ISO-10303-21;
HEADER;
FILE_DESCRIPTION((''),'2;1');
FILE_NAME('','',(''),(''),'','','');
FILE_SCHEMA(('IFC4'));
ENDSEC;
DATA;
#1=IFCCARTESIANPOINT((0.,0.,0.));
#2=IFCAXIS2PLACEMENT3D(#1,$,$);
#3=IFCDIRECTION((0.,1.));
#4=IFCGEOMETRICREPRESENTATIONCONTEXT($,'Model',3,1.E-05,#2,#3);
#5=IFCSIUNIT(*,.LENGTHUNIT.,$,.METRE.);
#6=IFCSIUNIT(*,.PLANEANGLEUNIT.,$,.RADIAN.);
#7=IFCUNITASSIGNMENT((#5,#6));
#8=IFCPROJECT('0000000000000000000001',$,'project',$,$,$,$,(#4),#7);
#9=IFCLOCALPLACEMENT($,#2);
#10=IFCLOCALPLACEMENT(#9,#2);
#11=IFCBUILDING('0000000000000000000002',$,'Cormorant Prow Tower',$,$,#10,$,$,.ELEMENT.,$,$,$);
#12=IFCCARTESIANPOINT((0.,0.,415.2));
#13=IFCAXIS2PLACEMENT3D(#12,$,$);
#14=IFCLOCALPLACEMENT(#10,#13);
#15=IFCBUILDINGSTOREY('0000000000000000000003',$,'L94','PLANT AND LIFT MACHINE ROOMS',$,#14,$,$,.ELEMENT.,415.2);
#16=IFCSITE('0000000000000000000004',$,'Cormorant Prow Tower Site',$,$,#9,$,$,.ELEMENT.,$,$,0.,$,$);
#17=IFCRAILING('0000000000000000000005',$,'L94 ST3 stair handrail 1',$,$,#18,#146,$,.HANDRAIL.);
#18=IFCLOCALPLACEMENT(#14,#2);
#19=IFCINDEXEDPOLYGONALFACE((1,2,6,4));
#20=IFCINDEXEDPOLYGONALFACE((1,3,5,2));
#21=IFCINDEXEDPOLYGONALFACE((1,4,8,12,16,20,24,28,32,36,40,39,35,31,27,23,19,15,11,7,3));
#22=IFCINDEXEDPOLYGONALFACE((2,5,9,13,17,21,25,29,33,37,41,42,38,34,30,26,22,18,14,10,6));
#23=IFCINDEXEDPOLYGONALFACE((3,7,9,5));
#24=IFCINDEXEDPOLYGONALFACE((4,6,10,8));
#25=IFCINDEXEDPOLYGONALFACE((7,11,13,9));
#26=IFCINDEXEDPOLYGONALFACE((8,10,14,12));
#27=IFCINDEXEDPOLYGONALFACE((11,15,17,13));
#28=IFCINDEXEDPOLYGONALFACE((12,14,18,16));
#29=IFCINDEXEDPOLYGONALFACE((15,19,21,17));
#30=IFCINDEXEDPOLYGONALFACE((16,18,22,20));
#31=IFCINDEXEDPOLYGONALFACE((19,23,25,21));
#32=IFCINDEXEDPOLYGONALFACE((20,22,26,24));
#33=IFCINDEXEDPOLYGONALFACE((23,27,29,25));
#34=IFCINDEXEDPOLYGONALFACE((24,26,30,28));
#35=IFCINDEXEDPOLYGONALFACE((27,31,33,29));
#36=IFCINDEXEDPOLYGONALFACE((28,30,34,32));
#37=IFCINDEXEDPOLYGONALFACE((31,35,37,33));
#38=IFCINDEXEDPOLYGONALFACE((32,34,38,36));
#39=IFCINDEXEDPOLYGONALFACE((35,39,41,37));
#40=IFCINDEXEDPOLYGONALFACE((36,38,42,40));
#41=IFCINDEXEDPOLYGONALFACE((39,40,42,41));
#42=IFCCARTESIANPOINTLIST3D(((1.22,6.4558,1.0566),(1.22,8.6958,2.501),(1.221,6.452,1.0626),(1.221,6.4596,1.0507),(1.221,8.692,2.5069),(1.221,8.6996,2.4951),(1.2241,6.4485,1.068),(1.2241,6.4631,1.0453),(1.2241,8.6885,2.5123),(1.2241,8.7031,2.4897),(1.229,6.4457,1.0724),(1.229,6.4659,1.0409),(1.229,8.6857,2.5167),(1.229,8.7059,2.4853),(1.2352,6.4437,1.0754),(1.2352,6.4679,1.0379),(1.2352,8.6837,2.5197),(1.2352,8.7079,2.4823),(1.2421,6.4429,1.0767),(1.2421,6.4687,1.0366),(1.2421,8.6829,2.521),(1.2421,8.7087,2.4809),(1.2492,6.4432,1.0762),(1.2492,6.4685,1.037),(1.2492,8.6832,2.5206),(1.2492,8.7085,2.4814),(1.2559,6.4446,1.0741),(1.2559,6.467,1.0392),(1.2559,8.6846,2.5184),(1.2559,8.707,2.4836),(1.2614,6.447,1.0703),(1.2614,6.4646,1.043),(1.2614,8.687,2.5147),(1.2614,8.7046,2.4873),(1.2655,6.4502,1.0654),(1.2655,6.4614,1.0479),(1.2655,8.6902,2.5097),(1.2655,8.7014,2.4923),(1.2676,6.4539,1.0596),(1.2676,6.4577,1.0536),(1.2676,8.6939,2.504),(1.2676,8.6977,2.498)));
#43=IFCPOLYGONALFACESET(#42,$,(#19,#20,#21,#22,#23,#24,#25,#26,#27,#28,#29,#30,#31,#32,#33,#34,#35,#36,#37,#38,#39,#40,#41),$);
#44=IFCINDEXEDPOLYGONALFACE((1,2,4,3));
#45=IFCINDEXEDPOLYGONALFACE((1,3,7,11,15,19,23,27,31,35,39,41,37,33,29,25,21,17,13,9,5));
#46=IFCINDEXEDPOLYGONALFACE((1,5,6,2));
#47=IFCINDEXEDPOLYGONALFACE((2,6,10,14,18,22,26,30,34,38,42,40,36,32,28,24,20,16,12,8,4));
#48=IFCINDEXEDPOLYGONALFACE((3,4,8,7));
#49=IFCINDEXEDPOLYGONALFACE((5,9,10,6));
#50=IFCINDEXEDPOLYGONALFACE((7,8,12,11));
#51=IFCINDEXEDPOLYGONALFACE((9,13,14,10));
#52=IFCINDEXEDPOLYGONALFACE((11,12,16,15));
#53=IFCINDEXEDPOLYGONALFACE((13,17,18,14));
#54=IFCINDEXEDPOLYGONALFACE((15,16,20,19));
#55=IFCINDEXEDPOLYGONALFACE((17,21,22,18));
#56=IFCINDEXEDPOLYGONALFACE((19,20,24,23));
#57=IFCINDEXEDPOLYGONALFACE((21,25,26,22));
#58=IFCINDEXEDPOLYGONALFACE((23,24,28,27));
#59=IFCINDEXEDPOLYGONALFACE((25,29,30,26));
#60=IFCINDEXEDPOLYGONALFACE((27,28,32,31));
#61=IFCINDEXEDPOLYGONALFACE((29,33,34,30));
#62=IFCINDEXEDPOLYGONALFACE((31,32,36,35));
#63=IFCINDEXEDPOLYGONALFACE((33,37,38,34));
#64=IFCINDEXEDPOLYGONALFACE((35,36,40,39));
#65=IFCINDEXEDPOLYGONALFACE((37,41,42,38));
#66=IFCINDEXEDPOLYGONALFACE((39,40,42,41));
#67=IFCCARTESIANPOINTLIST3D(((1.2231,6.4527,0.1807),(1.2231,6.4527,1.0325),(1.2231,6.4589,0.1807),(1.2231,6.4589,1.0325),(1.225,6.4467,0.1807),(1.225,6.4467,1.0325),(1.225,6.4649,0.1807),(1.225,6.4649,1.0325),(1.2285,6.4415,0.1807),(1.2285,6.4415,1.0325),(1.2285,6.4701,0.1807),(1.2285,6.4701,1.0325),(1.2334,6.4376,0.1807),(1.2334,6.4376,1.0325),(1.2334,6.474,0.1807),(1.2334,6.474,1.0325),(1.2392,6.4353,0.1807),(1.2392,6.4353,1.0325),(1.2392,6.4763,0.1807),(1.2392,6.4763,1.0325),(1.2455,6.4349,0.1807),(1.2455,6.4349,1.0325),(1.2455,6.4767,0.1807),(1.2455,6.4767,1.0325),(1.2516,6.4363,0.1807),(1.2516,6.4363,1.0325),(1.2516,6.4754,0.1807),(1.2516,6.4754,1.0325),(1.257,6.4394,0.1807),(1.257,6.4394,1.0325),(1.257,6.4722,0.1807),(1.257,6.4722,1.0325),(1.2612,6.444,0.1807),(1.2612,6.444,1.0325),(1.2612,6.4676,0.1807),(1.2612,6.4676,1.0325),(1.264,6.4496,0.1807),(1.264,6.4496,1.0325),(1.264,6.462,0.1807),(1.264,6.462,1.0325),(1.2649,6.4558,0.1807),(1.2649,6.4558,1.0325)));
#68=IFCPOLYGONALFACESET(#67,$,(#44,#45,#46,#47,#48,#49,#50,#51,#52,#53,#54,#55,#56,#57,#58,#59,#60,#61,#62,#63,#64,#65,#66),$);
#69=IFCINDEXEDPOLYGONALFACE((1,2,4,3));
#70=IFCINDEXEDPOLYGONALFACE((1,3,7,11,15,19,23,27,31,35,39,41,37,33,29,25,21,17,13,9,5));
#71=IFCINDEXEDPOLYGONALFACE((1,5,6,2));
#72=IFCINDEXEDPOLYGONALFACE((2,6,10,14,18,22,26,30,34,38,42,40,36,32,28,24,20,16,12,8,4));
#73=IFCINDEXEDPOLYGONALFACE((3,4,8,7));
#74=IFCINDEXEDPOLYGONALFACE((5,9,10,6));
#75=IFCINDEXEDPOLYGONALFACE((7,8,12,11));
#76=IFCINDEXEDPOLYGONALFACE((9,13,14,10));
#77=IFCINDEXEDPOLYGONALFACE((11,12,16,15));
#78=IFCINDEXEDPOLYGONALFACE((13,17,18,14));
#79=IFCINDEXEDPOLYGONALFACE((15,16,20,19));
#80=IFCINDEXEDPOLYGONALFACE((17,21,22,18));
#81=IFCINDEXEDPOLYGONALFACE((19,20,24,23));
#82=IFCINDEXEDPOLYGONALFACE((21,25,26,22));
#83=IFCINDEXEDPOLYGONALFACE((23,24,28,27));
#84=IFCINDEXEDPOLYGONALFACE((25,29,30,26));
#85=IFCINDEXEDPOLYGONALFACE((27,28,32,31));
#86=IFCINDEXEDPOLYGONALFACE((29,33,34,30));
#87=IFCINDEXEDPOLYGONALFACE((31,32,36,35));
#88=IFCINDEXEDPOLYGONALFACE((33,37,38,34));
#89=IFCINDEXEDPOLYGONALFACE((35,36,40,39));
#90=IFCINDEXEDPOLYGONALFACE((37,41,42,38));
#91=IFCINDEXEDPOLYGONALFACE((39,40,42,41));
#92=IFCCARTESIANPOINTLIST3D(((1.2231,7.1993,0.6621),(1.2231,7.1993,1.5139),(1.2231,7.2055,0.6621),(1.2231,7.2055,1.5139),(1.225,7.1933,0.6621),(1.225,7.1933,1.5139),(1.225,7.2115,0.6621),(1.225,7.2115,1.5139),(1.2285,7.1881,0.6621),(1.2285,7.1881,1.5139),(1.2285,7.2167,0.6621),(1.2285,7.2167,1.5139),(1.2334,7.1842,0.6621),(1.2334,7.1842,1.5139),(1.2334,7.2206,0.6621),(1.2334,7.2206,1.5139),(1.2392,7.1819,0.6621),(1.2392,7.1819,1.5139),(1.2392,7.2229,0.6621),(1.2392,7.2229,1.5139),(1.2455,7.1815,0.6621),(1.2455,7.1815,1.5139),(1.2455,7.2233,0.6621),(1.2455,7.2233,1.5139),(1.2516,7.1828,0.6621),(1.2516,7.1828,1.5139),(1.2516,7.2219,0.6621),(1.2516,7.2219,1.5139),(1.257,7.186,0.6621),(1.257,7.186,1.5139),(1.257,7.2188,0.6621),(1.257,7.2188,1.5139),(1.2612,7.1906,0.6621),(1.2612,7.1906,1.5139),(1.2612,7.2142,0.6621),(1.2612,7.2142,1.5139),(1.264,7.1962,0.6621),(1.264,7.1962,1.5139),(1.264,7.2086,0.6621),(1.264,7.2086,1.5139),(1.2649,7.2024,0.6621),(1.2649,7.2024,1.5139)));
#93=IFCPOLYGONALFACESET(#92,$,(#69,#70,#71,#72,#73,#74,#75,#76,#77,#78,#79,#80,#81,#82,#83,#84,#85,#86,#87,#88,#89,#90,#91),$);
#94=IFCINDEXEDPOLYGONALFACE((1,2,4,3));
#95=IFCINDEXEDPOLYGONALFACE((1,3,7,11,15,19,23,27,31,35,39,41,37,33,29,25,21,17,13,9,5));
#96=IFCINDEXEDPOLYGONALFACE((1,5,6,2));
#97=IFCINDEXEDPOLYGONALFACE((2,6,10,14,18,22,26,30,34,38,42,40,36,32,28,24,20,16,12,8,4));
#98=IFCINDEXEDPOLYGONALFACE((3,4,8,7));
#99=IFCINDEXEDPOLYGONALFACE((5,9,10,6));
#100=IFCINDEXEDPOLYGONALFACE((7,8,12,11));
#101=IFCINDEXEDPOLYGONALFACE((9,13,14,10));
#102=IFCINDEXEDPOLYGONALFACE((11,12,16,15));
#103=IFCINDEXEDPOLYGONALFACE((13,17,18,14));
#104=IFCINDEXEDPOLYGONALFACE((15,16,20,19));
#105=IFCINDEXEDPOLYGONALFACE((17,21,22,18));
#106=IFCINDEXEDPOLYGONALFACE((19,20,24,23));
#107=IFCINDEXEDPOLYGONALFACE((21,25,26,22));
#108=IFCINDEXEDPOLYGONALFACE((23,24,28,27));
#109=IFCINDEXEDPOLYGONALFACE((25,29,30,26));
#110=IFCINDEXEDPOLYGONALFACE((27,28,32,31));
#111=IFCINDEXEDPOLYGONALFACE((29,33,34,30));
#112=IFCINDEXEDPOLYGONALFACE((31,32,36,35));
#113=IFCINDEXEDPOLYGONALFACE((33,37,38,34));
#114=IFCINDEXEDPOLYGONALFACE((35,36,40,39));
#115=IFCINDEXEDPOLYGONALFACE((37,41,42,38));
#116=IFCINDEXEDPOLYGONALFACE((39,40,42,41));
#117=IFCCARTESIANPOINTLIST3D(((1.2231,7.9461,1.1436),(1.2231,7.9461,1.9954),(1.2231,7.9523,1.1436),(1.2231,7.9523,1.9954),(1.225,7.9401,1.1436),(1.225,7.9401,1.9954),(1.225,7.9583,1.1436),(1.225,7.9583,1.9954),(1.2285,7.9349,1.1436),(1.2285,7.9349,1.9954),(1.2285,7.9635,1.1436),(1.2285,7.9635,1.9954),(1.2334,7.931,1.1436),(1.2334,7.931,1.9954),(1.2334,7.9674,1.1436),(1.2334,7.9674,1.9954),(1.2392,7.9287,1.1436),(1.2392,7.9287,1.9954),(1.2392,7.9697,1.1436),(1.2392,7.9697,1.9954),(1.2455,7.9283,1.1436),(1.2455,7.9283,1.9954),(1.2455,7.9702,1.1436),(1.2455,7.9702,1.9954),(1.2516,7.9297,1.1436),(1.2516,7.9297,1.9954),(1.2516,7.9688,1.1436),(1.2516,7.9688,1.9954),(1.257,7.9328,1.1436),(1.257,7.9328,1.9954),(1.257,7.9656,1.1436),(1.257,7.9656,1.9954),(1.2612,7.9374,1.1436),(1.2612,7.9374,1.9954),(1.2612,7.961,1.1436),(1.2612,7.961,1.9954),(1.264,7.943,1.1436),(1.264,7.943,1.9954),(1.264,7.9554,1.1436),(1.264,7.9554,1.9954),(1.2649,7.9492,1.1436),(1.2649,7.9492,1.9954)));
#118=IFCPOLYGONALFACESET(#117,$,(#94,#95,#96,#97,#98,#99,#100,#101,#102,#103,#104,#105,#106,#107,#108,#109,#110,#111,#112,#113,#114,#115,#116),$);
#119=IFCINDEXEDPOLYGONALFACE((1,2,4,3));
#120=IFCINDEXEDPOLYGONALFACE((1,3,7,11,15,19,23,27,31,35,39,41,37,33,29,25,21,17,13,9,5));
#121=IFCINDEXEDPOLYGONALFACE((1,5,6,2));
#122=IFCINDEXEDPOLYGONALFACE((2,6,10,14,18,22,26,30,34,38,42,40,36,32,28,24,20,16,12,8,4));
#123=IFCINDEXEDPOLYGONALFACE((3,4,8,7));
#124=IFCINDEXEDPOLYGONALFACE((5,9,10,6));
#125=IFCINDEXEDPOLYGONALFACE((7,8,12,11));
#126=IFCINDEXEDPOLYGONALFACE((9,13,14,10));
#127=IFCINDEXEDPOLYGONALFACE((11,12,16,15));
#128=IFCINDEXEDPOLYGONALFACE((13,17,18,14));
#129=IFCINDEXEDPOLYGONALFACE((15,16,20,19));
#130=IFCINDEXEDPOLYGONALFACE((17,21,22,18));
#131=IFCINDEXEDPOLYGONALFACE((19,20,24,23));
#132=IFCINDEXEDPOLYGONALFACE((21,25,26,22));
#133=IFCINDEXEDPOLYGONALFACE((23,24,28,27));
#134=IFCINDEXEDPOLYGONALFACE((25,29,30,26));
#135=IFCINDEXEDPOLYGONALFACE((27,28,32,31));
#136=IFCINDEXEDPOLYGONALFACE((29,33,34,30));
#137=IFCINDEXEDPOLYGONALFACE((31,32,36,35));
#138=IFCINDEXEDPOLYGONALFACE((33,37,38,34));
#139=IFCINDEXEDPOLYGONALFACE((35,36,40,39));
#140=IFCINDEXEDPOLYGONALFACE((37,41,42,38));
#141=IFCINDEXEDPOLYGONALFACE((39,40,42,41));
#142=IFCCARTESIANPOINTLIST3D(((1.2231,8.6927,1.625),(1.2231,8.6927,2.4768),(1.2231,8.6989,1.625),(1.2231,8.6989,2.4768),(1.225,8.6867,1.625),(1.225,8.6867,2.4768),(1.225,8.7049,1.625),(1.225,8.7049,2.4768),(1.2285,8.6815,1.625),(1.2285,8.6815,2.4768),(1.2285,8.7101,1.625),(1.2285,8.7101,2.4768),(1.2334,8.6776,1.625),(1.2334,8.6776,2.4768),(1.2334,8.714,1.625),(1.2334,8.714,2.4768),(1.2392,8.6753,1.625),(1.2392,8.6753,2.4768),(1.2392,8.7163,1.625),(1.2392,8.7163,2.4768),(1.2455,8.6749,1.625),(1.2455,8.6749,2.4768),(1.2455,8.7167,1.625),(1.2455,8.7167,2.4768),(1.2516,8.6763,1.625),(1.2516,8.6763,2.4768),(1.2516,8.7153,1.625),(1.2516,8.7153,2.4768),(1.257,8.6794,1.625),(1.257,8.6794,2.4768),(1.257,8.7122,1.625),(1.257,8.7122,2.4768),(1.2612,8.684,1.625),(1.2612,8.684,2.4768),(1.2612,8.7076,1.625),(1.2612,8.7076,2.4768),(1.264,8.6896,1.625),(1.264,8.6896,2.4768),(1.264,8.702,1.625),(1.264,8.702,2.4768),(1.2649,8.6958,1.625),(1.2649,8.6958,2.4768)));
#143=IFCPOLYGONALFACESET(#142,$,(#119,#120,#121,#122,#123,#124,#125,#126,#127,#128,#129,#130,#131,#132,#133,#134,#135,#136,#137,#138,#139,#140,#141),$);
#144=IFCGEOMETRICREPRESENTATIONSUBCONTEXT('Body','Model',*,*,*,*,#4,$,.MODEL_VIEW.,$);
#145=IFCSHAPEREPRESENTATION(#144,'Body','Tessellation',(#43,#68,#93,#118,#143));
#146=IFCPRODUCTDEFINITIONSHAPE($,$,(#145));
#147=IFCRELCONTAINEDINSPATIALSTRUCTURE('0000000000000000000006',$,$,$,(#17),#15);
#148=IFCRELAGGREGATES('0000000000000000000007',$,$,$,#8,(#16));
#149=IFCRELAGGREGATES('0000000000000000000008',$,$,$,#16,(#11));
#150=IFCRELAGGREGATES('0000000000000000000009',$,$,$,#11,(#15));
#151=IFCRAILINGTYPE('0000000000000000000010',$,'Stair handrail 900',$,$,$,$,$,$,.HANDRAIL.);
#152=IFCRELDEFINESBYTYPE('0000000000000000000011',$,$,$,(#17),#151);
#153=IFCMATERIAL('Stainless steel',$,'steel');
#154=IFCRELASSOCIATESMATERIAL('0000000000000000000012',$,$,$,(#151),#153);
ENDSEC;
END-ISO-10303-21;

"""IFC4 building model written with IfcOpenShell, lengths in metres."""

from ifc_helpers import new_model, si_unit, direction, frame, origin, origin_2d, place, context, subcontext, project, spatial, circle, extrude, material, type_object, element, save


model = new_model("IFC4")

# Units and contexts
model_context = context("Model", 3, precision=1e-05, world=origin(), true_north=direction((0.0, 1.0)))
body_context = subcontext(model_context, "Body", "Model", "MODEL_VIEW")
ifc_project = project(units=[si_unit("LENGTHUNIT", "METRE"), si_unit("PLANEANGLEUNIT", "RADIAN")], contexts=[model_context])

# Site, building, storey
site_placement = place(None, origin())
site = spatial("IfcSite", under=ifc_project, at=site_placement, Name="Cormorant Prow Tower Site", CompositionType="ELEMENT", RefElevation=0.0)
building_placement = place(site_placement, origin())
building = spatial("IfcBuilding", under=site, at=building_placement, Name="Cormorant Prow Tower", CompositionType="ELEMENT")
storey_placement = place(building_placement, frame((0.0, 0.0, 415.2)))
storey = spatial("IfcBuildingStorey", under=building, at=storey_placement, Name="L94", Description="PLANT AND LIFT MACHINE ROOMS", CompositionType="ELEMENT", Elevation=415.2)

# Railing
ifc_material_1 = material(Name="Stainless steel", Category="steel")
railing_type_1 = type_object("IfcRailingType", Name="Stair handrail 900", PredefinedType="HANDRAIL", material=ifc_material_1)
for number, where, name in (
    (1, (1.2439, 6.4558, 0.1807), "L94 ST3 stair handrail 1"),
):
    element("IfcRailing", number, at=place(storey_placement, frame(where)), inside=storey, type_object=railing_type_1, Name=name, PredefinedType="HANDRAIL", context=body_context, shape_type="SweptSolid", body=[
        extrude(circle(Radius=0.0239, at=origin_2d()), frame((0.0, 0.0, 0.876), z_axis=(0.0, 0.840437, 0.54191), x_axis=(-1.0, 0.0, 0.0)), (0.0, 0.0, 1.0), 2.6653),
        extrude(circle(Radius=0.021, at=origin_2d()), origin(), (0.0, 0.0, 1.0), 0.8518),
        extrude(circle(Radius=0.021, at=origin_2d()), frame((0.0, 0.7466, 0.4814)), (0.0, 0.0, 1.0), 0.8518),
        extrude(circle(Radius=0.021, at=origin_2d()), frame((0.0, 1.4934, 0.9629)), (0.0, 0.0, 1.0), 0.8518),
        extrude(circle(Radius=0.021, at=origin_2d()), frame((0.0, 2.24, 1.4443)), (0.0, 0.0, 1.0), 0.8518),
    ])

save(model, "model.ifc")
